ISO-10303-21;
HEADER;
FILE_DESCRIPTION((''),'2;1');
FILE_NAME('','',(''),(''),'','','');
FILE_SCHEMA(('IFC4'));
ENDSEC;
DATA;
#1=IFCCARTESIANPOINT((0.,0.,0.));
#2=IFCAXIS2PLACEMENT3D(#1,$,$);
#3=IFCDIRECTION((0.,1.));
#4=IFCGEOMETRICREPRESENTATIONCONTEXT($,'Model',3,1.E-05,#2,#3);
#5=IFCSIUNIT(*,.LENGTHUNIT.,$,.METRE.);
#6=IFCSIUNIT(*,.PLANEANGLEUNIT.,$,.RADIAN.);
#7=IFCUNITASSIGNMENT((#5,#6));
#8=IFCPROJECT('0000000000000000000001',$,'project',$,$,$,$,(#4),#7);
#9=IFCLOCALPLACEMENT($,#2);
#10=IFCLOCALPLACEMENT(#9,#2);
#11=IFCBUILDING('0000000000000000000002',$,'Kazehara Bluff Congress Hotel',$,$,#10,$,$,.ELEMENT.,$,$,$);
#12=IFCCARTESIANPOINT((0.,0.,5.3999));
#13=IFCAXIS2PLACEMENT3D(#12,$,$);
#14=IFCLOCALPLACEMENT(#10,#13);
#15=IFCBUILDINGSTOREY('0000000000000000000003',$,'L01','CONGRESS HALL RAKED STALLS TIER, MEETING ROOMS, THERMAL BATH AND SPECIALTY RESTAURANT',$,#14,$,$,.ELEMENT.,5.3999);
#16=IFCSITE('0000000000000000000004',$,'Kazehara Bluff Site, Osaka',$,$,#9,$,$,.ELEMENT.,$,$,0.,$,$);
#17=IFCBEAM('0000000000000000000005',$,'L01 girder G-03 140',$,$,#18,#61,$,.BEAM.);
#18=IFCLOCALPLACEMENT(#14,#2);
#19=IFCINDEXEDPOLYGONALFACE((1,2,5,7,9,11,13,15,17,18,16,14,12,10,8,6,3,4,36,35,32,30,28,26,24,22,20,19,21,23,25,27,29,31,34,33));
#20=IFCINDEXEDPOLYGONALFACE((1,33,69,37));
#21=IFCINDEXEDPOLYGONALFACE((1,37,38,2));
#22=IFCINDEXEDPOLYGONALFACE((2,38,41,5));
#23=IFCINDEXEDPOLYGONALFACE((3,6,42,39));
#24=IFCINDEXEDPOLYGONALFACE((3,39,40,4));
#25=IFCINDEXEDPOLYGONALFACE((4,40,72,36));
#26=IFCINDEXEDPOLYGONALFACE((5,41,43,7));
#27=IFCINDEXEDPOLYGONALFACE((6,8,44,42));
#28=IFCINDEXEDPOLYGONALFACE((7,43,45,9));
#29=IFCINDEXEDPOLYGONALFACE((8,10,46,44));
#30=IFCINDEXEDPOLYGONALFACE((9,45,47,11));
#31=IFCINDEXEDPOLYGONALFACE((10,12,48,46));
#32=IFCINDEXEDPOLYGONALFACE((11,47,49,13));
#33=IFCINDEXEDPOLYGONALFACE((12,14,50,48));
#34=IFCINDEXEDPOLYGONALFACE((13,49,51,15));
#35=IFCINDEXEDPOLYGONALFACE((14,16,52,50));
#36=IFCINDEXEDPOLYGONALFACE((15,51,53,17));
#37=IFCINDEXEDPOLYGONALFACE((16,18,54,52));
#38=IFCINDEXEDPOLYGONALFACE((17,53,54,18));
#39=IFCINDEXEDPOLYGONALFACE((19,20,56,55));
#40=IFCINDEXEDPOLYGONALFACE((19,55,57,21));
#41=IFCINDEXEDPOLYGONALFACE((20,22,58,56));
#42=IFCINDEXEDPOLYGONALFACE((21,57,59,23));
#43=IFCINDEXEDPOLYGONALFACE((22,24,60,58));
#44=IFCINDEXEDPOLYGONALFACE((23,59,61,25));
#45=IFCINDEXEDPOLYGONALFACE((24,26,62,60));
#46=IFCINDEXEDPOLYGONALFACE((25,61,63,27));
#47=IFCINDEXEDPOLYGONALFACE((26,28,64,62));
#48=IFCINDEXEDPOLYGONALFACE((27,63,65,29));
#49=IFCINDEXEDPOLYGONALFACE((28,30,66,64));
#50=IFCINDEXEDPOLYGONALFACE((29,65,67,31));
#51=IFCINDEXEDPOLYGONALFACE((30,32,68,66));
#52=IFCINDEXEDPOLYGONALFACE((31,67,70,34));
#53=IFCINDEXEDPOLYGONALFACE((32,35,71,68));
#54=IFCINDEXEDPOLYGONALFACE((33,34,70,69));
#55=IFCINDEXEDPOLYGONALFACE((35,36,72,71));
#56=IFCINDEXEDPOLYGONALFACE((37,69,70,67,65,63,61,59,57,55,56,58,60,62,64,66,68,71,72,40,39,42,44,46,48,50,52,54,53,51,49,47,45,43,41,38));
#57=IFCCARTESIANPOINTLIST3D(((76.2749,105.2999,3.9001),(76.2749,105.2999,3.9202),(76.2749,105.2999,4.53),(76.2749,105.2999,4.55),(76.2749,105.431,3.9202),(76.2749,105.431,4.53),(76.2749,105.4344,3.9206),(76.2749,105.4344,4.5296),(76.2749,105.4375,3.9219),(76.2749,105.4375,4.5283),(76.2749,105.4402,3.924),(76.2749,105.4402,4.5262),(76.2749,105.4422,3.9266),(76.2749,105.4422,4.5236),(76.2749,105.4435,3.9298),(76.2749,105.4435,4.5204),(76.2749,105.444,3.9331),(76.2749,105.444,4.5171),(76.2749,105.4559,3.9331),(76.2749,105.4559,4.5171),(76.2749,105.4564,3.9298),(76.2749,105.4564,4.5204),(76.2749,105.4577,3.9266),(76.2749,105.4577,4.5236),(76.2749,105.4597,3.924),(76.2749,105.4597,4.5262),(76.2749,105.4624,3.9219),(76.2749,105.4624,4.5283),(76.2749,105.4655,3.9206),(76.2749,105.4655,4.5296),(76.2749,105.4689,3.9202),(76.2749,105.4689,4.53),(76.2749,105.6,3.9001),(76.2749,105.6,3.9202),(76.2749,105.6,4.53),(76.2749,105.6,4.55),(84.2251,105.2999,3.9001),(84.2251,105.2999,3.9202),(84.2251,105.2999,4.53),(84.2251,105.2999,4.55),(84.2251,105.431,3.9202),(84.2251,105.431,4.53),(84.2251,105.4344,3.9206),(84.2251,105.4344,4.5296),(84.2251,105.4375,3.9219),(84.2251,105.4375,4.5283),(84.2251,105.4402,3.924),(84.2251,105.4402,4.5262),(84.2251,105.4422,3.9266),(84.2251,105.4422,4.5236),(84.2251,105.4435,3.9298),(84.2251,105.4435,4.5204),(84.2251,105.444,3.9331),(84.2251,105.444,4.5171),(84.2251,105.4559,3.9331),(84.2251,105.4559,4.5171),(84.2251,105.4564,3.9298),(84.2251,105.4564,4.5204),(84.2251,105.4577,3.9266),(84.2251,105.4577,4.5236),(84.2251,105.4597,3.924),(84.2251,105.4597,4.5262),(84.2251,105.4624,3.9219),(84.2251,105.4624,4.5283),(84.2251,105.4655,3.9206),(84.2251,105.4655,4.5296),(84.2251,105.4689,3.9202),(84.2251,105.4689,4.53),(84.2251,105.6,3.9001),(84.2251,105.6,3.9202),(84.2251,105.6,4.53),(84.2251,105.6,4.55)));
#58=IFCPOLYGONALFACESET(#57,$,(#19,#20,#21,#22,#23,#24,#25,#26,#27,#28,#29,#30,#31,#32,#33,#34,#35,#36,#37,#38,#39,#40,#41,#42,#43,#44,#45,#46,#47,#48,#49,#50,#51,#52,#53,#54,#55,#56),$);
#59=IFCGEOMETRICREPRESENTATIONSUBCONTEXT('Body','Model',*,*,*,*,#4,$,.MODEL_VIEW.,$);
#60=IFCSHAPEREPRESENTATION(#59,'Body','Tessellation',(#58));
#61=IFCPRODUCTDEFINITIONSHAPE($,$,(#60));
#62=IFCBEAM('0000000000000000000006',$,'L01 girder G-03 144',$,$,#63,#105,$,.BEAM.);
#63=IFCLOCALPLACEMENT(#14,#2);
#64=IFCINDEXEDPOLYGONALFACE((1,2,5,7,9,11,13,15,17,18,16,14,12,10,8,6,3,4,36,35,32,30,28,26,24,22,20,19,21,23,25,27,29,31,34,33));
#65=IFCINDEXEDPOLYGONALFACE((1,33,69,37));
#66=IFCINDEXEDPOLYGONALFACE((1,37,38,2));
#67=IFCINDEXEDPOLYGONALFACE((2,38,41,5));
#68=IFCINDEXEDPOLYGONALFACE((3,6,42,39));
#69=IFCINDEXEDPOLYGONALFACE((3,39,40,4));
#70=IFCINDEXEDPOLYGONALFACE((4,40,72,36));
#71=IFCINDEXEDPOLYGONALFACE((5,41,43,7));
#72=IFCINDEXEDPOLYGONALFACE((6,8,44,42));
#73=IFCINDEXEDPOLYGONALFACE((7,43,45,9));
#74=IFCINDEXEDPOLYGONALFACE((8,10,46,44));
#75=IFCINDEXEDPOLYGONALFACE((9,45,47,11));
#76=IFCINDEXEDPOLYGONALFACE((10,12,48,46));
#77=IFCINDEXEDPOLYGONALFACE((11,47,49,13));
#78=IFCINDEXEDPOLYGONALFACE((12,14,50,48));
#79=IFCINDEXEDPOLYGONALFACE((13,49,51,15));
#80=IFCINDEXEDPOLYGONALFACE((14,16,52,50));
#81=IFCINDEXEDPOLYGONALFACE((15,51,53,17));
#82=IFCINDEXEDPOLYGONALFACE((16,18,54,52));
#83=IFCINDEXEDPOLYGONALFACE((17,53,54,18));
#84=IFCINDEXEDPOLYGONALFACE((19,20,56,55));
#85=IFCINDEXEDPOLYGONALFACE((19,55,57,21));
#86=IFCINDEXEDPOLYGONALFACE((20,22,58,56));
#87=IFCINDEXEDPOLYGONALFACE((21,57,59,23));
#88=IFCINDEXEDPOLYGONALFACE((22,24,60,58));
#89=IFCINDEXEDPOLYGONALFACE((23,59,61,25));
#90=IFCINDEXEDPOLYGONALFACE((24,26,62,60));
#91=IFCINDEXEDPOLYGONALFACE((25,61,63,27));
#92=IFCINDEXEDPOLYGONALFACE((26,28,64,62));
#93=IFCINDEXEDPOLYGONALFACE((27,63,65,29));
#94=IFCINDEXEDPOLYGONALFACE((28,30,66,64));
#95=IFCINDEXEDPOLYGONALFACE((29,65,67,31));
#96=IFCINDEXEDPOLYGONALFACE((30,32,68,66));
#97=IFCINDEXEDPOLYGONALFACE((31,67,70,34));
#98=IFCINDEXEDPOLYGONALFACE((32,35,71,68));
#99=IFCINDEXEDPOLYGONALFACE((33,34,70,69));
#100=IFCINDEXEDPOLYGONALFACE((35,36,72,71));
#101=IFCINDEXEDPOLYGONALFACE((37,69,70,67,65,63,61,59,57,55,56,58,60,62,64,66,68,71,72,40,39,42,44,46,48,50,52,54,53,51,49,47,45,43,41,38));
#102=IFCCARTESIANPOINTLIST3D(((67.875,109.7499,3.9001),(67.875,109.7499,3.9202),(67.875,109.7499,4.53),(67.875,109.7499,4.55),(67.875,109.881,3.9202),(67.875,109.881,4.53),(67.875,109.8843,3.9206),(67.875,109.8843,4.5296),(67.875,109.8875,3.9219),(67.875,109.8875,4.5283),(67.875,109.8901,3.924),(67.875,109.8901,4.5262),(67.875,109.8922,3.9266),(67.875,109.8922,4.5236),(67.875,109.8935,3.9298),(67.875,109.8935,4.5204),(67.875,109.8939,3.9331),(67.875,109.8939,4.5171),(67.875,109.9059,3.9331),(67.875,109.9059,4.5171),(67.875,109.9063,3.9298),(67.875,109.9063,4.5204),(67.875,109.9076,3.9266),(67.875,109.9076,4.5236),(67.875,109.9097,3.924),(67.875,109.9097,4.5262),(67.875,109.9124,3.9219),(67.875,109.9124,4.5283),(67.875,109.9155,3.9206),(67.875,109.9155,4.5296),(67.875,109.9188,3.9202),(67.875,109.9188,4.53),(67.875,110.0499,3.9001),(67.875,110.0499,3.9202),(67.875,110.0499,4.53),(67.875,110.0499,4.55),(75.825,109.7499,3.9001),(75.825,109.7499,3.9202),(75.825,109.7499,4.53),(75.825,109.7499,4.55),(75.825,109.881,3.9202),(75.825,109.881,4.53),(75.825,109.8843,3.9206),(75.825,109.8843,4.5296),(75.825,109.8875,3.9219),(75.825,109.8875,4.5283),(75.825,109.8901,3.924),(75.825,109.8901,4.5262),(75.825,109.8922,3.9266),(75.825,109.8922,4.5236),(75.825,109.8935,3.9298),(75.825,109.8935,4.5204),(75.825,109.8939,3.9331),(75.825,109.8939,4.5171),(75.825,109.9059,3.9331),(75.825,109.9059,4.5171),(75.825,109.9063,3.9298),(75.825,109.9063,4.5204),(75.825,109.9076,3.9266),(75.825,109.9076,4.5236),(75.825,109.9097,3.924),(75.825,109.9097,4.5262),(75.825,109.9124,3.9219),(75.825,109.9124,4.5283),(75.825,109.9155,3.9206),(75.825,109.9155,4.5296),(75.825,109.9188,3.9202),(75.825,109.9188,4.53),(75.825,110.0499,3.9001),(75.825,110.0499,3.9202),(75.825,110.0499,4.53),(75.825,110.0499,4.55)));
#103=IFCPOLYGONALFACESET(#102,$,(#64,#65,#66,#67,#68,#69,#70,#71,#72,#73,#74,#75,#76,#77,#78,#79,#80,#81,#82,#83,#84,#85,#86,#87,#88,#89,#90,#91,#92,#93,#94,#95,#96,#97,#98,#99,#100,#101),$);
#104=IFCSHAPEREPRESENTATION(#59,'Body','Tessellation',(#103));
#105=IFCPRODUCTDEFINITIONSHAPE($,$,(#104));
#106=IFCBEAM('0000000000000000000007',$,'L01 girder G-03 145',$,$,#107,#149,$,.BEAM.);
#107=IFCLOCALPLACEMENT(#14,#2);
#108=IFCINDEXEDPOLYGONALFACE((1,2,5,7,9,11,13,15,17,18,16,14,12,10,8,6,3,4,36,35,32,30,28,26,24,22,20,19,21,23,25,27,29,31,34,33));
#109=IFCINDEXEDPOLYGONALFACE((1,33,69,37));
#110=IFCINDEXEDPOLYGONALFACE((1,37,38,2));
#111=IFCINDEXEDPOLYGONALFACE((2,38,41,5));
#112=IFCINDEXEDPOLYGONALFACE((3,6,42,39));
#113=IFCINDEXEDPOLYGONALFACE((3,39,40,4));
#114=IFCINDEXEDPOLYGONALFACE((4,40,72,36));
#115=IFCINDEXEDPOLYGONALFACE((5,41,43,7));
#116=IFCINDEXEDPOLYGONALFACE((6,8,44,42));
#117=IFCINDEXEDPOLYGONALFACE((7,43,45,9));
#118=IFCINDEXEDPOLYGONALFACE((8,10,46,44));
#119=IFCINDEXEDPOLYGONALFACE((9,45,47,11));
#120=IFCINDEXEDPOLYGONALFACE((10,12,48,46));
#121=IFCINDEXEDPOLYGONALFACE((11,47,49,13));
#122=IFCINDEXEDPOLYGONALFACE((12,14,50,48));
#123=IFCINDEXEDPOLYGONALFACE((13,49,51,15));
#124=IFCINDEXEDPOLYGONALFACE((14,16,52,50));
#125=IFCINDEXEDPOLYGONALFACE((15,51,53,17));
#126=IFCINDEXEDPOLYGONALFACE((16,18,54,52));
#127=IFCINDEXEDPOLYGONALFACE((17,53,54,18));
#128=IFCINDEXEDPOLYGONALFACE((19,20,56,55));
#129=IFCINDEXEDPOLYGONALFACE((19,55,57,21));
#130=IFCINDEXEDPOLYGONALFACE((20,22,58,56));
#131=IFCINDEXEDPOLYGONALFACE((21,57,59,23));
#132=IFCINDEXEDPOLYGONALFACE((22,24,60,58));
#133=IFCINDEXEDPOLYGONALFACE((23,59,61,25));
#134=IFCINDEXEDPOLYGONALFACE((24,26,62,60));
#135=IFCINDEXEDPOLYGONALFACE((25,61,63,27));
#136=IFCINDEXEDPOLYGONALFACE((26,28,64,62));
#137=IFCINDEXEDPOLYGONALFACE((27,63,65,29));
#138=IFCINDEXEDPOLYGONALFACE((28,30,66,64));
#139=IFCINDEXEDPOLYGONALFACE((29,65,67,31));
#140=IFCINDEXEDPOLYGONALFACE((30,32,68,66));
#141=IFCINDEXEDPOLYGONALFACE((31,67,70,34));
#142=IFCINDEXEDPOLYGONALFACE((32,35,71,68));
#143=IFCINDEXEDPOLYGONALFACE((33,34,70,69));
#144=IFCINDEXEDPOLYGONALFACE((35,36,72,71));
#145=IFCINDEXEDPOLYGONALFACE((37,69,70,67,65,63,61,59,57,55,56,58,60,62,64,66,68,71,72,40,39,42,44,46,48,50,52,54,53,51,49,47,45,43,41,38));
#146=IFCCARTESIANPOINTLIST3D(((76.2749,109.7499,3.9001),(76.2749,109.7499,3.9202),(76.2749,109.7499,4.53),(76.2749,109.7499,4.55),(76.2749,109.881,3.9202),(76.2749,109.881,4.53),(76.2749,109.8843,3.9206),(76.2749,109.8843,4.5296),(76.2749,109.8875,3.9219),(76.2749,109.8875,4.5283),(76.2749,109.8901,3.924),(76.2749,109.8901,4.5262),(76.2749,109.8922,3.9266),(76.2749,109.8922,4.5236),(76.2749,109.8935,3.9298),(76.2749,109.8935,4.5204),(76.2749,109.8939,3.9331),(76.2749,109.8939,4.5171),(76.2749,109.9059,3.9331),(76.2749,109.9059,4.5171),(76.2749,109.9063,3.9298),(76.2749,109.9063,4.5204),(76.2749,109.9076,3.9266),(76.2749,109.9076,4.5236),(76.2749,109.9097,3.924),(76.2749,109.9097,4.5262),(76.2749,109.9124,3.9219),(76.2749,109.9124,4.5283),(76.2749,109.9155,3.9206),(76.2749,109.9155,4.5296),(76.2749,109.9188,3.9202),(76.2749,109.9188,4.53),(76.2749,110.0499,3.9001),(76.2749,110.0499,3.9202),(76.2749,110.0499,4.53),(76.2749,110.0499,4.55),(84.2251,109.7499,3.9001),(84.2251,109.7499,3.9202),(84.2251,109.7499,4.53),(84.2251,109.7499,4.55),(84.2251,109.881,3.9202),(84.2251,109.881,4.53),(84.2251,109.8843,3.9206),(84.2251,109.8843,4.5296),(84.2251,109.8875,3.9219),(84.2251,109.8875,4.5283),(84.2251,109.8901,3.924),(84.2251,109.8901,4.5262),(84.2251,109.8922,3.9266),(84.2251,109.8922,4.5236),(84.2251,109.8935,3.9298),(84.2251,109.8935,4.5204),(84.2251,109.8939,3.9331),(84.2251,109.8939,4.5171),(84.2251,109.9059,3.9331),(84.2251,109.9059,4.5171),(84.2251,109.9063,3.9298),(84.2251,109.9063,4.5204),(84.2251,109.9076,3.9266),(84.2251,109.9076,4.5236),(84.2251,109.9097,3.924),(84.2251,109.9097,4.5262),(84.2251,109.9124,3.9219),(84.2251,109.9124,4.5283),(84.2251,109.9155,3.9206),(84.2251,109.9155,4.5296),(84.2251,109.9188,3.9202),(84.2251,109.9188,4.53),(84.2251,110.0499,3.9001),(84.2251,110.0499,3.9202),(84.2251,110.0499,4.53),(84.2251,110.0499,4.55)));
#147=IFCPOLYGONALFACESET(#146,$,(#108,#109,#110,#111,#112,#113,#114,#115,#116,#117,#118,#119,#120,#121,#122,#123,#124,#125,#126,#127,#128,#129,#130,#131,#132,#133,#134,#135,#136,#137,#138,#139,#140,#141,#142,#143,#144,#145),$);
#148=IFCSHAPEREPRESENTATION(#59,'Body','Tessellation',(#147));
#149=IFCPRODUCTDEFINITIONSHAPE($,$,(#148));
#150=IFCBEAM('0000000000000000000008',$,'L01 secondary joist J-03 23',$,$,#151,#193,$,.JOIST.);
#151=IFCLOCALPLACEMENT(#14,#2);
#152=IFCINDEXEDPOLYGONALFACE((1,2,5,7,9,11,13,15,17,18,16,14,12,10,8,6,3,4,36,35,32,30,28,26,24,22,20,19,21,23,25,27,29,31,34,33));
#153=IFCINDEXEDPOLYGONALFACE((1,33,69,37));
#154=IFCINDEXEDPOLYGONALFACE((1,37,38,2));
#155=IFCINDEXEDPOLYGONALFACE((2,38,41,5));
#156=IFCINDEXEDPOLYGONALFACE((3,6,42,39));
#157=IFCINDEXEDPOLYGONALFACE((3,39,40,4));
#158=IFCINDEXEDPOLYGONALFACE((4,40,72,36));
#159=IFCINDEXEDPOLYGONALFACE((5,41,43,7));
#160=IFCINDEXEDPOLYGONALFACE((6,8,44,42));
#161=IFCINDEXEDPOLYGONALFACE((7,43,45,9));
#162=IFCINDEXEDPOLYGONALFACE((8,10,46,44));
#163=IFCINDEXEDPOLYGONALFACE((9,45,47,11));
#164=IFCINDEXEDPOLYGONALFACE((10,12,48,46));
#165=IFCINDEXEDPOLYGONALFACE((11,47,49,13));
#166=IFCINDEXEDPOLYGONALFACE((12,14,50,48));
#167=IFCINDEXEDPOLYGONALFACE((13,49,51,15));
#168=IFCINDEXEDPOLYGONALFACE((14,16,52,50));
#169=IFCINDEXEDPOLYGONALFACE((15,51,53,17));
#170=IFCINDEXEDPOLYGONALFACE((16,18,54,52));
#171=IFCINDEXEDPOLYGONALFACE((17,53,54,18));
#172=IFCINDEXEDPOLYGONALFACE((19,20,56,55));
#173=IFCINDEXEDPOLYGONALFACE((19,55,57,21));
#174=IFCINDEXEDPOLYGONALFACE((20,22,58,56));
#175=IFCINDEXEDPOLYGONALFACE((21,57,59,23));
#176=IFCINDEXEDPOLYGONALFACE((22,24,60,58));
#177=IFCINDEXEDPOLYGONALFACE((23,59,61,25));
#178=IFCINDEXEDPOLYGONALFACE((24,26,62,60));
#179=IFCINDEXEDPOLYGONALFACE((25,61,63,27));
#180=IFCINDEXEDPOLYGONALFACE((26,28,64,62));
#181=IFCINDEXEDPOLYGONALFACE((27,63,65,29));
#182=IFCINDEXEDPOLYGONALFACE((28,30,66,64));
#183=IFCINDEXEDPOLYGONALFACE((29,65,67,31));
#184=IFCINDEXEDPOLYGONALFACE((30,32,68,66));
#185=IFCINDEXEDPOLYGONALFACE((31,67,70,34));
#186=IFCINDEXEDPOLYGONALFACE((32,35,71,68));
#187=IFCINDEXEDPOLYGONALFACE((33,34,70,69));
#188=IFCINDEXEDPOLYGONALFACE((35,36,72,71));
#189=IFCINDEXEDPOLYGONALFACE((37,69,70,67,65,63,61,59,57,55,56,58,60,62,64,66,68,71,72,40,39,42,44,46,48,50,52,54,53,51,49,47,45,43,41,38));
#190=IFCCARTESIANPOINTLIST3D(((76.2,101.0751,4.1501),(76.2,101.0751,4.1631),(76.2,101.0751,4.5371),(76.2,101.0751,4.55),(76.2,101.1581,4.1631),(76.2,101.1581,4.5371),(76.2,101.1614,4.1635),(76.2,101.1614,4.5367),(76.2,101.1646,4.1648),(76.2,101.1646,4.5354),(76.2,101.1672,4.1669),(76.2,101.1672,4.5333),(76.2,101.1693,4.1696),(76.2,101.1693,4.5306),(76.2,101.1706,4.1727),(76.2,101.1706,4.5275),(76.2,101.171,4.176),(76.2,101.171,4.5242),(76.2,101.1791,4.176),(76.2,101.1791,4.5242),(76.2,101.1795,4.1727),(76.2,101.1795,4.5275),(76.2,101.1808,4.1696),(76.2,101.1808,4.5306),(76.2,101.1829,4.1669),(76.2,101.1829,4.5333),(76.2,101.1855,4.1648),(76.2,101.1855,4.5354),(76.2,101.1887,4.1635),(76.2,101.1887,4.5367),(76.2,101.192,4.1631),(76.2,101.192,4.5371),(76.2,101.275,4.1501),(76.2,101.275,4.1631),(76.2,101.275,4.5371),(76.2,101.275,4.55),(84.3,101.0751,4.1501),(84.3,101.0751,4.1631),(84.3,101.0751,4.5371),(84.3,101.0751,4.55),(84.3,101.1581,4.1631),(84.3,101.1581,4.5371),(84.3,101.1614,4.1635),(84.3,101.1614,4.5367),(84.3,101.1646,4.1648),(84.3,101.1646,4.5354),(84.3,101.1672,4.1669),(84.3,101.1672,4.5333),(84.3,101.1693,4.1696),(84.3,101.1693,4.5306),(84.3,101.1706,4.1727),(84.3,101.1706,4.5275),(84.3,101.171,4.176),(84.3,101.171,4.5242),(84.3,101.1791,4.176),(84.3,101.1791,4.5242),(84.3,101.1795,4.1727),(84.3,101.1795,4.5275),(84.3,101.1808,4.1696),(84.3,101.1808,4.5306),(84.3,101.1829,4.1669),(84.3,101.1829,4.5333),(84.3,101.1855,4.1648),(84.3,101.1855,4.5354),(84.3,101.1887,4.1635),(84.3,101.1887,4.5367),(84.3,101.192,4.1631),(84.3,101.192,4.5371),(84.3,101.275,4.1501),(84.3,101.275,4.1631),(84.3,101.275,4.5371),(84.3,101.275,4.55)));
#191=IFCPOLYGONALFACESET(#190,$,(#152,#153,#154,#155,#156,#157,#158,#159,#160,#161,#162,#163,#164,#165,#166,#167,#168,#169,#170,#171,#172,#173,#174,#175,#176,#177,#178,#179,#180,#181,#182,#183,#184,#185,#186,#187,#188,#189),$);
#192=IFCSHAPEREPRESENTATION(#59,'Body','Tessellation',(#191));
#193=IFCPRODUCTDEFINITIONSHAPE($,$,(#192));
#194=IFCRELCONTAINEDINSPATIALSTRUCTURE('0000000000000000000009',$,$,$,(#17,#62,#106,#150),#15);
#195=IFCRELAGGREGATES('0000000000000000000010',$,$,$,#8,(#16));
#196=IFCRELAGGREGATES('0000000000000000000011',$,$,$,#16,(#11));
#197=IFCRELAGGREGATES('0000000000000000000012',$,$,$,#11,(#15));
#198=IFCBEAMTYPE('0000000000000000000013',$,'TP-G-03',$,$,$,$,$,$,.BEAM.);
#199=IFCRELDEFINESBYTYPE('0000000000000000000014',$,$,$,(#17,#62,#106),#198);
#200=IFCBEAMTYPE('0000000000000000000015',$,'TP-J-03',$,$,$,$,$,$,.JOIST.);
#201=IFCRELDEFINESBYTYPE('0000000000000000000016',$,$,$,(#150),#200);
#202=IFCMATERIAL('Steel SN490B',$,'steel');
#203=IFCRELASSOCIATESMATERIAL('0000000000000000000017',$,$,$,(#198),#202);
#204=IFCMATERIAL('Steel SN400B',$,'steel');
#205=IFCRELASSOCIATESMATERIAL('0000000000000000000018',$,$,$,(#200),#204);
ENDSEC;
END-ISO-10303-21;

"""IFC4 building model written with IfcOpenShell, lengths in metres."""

from ifc_helpers import new_model, si_unit, direction, frame, origin, origin_2d, place, context, subcontext, project, spatial, i_section, extrude, material, material_profile, profile_set, type_object, element, save


model = new_model("IFC4")

# Units and contexts
model_context = context("Model", 3, precision=1e-05, world=origin(), true_north=direction((0.0, 1.0)))
body_context = subcontext(model_context, "Body", "Model", "MODEL_VIEW")
ifc_project = project(units=[si_unit("LENGTHUNIT", "METRE"), si_unit("PLANEANGLEUNIT", "RADIAN")], contexts=[model_context])

# Site, building, storey
site_placement = place(None, origin())
site = spatial("IfcSite", under=ifc_project, at=site_placement, Name="Kazehara Bluff Site, Osaka", CompositionType="ELEMENT", RefElevation=0.0)
building_placement = place(site_placement, origin())
building = spatial("IfcBuilding", under=site, at=building_placement, Name="Kazehara Bluff Congress Hotel", CompositionType="ELEMENT")
storey_placement = place(building_placement, frame((0.0, 0.0, 5.3999)))
storey = spatial("IfcBuildingStorey", under=building, at=storey_placement, Name="L01", Description="CONGRESS HALL RAKED STALLS TIER, MEETING ROOMS, THERMAL BATH AND SPECIALTY RESTAURANT", CompositionType="ELEMENT", Elevation=5.3999)

# Beams
ifc_material_1 = material(Name="Steel SN490B", Category="steel")
ifc_material_profile_1 = material_profile(ifc_material_1, i_section(OverallWidth=0.3, OverallDepth=0.6499, WebThickness=0.012, FlangeThickness=0.02, FilletRadius=0.0129, at=origin_2d()))
ifc_profile_set_1 = profile_set([ifc_material_profile_1], Name="Steel SN490B")
beam_type_1 = type_object("IfcBeamType", Name="TP-G-03", PredefinedType="BEAM", material=ifc_profile_set_1)
beam_1_placement = place(storey_placement, frame((76.2749, 105.45, 4.2251), z_axis=(1.0, 0.0, 0.0), x_axis=(0.0, 1.0, 0.0)))
element("IfcBeam", 1, at=beam_1_placement, inside=storey, type_object=beam_type_1, Name="L01 girder G-03 140", PredefinedType="BEAM", context=body_context, shape_type="SweptSolid", body=[
    extrude(i_section(OverallWidth=0.3, OverallDepth=0.6499, WebThickness=0.012, FlangeThickness=0.02, FilletRadius=0.0129, at=origin_2d()), origin(), (0.0, 0.0, 1.0), 7.9502),
])
beam_2_placement = place(storey_placement, frame((67.875, 109.8999, 4.2251), z_axis=(1.0, 0.0, 0.0), x_axis=(0.0, 1.0, 0.0)))
element("IfcBeam", 2, at=beam_2_placement, inside=storey, type_object=beam_type_1, Name="L01 girder G-03 144", PredefinedType="BEAM", context=body_context, shape_type="SweptSolid", body=[
    extrude(i_section(OverallWidth=0.3, OverallDepth=0.6499, WebThickness=0.012, FlangeThickness=0.02, FilletRadius=0.0129, at=origin_2d()), origin(), (0.0, 0.0, 1.0), 7.95),
])
beam_3_placement = place(storey_placement, frame((76.2749, 109.8999, 4.2251), z_axis=(1.0, 0.0, 0.0), x_axis=(0.0, 1.0, 0.0)))
element("IfcBeam", 3, at=beam_3_placement, inside=storey, type_object=beam_type_1, Name="L01 girder G-03 145", PredefinedType="BEAM", context=body_context, shape_type="SweptSolid", body=[
    extrude(i_section(OverallWidth=0.3, OverallDepth=0.6499, WebThickness=0.012, FlangeThickness=0.02, FilletRadius=0.0129, at=origin_2d()), origin(), (0.0, 0.0, 1.0), 7.9502),
])
ifc_material_2 = material(Name="Steel SN400B", Category="steel")
ifc_material_profile_2 = material_profile(ifc_material_2, i_section(OverallWidth=0.2, OverallDepth=0.3999, WebThickness=0.0081, FlangeThickness=0.0129, FilletRadius=0.0129, at=origin_2d()))
ifc_profile_set_2 = profile_set([ifc_material_profile_2], Name="Steel SN400B")
beam_type_2 = type_object("IfcBeamType", Name="TP-J-03", PredefinedType="JOIST", material=ifc_profile_set_2)
for number, where, z_axis, x_axis, name in (
    (4, (76.2, 101.175, 4.3501), (1.0, 0.0, 0.0), (0.0, 1.0, 0.0), "L01 secondary joist J-03 23"),
):
    element("IfcBeam", number, at=place(storey_placement, frame(where, z_axis=z_axis, x_axis=x_axis)), inside=storey, type_object=beam_type_2, Name=name, PredefinedType="JOIST", context=body_context, shape_type="SweptSolid", body=[
        extrude(i_section(OverallWidth=0.2, OverallDepth=0.3999, WebThickness=0.0081, FlangeThickness=0.0129, FilletRadius=0.0129, at=origin_2d()), origin(), (0.0, 0.0, 1.0), 8.1001),
    ])

save(model, "model.ifc")
